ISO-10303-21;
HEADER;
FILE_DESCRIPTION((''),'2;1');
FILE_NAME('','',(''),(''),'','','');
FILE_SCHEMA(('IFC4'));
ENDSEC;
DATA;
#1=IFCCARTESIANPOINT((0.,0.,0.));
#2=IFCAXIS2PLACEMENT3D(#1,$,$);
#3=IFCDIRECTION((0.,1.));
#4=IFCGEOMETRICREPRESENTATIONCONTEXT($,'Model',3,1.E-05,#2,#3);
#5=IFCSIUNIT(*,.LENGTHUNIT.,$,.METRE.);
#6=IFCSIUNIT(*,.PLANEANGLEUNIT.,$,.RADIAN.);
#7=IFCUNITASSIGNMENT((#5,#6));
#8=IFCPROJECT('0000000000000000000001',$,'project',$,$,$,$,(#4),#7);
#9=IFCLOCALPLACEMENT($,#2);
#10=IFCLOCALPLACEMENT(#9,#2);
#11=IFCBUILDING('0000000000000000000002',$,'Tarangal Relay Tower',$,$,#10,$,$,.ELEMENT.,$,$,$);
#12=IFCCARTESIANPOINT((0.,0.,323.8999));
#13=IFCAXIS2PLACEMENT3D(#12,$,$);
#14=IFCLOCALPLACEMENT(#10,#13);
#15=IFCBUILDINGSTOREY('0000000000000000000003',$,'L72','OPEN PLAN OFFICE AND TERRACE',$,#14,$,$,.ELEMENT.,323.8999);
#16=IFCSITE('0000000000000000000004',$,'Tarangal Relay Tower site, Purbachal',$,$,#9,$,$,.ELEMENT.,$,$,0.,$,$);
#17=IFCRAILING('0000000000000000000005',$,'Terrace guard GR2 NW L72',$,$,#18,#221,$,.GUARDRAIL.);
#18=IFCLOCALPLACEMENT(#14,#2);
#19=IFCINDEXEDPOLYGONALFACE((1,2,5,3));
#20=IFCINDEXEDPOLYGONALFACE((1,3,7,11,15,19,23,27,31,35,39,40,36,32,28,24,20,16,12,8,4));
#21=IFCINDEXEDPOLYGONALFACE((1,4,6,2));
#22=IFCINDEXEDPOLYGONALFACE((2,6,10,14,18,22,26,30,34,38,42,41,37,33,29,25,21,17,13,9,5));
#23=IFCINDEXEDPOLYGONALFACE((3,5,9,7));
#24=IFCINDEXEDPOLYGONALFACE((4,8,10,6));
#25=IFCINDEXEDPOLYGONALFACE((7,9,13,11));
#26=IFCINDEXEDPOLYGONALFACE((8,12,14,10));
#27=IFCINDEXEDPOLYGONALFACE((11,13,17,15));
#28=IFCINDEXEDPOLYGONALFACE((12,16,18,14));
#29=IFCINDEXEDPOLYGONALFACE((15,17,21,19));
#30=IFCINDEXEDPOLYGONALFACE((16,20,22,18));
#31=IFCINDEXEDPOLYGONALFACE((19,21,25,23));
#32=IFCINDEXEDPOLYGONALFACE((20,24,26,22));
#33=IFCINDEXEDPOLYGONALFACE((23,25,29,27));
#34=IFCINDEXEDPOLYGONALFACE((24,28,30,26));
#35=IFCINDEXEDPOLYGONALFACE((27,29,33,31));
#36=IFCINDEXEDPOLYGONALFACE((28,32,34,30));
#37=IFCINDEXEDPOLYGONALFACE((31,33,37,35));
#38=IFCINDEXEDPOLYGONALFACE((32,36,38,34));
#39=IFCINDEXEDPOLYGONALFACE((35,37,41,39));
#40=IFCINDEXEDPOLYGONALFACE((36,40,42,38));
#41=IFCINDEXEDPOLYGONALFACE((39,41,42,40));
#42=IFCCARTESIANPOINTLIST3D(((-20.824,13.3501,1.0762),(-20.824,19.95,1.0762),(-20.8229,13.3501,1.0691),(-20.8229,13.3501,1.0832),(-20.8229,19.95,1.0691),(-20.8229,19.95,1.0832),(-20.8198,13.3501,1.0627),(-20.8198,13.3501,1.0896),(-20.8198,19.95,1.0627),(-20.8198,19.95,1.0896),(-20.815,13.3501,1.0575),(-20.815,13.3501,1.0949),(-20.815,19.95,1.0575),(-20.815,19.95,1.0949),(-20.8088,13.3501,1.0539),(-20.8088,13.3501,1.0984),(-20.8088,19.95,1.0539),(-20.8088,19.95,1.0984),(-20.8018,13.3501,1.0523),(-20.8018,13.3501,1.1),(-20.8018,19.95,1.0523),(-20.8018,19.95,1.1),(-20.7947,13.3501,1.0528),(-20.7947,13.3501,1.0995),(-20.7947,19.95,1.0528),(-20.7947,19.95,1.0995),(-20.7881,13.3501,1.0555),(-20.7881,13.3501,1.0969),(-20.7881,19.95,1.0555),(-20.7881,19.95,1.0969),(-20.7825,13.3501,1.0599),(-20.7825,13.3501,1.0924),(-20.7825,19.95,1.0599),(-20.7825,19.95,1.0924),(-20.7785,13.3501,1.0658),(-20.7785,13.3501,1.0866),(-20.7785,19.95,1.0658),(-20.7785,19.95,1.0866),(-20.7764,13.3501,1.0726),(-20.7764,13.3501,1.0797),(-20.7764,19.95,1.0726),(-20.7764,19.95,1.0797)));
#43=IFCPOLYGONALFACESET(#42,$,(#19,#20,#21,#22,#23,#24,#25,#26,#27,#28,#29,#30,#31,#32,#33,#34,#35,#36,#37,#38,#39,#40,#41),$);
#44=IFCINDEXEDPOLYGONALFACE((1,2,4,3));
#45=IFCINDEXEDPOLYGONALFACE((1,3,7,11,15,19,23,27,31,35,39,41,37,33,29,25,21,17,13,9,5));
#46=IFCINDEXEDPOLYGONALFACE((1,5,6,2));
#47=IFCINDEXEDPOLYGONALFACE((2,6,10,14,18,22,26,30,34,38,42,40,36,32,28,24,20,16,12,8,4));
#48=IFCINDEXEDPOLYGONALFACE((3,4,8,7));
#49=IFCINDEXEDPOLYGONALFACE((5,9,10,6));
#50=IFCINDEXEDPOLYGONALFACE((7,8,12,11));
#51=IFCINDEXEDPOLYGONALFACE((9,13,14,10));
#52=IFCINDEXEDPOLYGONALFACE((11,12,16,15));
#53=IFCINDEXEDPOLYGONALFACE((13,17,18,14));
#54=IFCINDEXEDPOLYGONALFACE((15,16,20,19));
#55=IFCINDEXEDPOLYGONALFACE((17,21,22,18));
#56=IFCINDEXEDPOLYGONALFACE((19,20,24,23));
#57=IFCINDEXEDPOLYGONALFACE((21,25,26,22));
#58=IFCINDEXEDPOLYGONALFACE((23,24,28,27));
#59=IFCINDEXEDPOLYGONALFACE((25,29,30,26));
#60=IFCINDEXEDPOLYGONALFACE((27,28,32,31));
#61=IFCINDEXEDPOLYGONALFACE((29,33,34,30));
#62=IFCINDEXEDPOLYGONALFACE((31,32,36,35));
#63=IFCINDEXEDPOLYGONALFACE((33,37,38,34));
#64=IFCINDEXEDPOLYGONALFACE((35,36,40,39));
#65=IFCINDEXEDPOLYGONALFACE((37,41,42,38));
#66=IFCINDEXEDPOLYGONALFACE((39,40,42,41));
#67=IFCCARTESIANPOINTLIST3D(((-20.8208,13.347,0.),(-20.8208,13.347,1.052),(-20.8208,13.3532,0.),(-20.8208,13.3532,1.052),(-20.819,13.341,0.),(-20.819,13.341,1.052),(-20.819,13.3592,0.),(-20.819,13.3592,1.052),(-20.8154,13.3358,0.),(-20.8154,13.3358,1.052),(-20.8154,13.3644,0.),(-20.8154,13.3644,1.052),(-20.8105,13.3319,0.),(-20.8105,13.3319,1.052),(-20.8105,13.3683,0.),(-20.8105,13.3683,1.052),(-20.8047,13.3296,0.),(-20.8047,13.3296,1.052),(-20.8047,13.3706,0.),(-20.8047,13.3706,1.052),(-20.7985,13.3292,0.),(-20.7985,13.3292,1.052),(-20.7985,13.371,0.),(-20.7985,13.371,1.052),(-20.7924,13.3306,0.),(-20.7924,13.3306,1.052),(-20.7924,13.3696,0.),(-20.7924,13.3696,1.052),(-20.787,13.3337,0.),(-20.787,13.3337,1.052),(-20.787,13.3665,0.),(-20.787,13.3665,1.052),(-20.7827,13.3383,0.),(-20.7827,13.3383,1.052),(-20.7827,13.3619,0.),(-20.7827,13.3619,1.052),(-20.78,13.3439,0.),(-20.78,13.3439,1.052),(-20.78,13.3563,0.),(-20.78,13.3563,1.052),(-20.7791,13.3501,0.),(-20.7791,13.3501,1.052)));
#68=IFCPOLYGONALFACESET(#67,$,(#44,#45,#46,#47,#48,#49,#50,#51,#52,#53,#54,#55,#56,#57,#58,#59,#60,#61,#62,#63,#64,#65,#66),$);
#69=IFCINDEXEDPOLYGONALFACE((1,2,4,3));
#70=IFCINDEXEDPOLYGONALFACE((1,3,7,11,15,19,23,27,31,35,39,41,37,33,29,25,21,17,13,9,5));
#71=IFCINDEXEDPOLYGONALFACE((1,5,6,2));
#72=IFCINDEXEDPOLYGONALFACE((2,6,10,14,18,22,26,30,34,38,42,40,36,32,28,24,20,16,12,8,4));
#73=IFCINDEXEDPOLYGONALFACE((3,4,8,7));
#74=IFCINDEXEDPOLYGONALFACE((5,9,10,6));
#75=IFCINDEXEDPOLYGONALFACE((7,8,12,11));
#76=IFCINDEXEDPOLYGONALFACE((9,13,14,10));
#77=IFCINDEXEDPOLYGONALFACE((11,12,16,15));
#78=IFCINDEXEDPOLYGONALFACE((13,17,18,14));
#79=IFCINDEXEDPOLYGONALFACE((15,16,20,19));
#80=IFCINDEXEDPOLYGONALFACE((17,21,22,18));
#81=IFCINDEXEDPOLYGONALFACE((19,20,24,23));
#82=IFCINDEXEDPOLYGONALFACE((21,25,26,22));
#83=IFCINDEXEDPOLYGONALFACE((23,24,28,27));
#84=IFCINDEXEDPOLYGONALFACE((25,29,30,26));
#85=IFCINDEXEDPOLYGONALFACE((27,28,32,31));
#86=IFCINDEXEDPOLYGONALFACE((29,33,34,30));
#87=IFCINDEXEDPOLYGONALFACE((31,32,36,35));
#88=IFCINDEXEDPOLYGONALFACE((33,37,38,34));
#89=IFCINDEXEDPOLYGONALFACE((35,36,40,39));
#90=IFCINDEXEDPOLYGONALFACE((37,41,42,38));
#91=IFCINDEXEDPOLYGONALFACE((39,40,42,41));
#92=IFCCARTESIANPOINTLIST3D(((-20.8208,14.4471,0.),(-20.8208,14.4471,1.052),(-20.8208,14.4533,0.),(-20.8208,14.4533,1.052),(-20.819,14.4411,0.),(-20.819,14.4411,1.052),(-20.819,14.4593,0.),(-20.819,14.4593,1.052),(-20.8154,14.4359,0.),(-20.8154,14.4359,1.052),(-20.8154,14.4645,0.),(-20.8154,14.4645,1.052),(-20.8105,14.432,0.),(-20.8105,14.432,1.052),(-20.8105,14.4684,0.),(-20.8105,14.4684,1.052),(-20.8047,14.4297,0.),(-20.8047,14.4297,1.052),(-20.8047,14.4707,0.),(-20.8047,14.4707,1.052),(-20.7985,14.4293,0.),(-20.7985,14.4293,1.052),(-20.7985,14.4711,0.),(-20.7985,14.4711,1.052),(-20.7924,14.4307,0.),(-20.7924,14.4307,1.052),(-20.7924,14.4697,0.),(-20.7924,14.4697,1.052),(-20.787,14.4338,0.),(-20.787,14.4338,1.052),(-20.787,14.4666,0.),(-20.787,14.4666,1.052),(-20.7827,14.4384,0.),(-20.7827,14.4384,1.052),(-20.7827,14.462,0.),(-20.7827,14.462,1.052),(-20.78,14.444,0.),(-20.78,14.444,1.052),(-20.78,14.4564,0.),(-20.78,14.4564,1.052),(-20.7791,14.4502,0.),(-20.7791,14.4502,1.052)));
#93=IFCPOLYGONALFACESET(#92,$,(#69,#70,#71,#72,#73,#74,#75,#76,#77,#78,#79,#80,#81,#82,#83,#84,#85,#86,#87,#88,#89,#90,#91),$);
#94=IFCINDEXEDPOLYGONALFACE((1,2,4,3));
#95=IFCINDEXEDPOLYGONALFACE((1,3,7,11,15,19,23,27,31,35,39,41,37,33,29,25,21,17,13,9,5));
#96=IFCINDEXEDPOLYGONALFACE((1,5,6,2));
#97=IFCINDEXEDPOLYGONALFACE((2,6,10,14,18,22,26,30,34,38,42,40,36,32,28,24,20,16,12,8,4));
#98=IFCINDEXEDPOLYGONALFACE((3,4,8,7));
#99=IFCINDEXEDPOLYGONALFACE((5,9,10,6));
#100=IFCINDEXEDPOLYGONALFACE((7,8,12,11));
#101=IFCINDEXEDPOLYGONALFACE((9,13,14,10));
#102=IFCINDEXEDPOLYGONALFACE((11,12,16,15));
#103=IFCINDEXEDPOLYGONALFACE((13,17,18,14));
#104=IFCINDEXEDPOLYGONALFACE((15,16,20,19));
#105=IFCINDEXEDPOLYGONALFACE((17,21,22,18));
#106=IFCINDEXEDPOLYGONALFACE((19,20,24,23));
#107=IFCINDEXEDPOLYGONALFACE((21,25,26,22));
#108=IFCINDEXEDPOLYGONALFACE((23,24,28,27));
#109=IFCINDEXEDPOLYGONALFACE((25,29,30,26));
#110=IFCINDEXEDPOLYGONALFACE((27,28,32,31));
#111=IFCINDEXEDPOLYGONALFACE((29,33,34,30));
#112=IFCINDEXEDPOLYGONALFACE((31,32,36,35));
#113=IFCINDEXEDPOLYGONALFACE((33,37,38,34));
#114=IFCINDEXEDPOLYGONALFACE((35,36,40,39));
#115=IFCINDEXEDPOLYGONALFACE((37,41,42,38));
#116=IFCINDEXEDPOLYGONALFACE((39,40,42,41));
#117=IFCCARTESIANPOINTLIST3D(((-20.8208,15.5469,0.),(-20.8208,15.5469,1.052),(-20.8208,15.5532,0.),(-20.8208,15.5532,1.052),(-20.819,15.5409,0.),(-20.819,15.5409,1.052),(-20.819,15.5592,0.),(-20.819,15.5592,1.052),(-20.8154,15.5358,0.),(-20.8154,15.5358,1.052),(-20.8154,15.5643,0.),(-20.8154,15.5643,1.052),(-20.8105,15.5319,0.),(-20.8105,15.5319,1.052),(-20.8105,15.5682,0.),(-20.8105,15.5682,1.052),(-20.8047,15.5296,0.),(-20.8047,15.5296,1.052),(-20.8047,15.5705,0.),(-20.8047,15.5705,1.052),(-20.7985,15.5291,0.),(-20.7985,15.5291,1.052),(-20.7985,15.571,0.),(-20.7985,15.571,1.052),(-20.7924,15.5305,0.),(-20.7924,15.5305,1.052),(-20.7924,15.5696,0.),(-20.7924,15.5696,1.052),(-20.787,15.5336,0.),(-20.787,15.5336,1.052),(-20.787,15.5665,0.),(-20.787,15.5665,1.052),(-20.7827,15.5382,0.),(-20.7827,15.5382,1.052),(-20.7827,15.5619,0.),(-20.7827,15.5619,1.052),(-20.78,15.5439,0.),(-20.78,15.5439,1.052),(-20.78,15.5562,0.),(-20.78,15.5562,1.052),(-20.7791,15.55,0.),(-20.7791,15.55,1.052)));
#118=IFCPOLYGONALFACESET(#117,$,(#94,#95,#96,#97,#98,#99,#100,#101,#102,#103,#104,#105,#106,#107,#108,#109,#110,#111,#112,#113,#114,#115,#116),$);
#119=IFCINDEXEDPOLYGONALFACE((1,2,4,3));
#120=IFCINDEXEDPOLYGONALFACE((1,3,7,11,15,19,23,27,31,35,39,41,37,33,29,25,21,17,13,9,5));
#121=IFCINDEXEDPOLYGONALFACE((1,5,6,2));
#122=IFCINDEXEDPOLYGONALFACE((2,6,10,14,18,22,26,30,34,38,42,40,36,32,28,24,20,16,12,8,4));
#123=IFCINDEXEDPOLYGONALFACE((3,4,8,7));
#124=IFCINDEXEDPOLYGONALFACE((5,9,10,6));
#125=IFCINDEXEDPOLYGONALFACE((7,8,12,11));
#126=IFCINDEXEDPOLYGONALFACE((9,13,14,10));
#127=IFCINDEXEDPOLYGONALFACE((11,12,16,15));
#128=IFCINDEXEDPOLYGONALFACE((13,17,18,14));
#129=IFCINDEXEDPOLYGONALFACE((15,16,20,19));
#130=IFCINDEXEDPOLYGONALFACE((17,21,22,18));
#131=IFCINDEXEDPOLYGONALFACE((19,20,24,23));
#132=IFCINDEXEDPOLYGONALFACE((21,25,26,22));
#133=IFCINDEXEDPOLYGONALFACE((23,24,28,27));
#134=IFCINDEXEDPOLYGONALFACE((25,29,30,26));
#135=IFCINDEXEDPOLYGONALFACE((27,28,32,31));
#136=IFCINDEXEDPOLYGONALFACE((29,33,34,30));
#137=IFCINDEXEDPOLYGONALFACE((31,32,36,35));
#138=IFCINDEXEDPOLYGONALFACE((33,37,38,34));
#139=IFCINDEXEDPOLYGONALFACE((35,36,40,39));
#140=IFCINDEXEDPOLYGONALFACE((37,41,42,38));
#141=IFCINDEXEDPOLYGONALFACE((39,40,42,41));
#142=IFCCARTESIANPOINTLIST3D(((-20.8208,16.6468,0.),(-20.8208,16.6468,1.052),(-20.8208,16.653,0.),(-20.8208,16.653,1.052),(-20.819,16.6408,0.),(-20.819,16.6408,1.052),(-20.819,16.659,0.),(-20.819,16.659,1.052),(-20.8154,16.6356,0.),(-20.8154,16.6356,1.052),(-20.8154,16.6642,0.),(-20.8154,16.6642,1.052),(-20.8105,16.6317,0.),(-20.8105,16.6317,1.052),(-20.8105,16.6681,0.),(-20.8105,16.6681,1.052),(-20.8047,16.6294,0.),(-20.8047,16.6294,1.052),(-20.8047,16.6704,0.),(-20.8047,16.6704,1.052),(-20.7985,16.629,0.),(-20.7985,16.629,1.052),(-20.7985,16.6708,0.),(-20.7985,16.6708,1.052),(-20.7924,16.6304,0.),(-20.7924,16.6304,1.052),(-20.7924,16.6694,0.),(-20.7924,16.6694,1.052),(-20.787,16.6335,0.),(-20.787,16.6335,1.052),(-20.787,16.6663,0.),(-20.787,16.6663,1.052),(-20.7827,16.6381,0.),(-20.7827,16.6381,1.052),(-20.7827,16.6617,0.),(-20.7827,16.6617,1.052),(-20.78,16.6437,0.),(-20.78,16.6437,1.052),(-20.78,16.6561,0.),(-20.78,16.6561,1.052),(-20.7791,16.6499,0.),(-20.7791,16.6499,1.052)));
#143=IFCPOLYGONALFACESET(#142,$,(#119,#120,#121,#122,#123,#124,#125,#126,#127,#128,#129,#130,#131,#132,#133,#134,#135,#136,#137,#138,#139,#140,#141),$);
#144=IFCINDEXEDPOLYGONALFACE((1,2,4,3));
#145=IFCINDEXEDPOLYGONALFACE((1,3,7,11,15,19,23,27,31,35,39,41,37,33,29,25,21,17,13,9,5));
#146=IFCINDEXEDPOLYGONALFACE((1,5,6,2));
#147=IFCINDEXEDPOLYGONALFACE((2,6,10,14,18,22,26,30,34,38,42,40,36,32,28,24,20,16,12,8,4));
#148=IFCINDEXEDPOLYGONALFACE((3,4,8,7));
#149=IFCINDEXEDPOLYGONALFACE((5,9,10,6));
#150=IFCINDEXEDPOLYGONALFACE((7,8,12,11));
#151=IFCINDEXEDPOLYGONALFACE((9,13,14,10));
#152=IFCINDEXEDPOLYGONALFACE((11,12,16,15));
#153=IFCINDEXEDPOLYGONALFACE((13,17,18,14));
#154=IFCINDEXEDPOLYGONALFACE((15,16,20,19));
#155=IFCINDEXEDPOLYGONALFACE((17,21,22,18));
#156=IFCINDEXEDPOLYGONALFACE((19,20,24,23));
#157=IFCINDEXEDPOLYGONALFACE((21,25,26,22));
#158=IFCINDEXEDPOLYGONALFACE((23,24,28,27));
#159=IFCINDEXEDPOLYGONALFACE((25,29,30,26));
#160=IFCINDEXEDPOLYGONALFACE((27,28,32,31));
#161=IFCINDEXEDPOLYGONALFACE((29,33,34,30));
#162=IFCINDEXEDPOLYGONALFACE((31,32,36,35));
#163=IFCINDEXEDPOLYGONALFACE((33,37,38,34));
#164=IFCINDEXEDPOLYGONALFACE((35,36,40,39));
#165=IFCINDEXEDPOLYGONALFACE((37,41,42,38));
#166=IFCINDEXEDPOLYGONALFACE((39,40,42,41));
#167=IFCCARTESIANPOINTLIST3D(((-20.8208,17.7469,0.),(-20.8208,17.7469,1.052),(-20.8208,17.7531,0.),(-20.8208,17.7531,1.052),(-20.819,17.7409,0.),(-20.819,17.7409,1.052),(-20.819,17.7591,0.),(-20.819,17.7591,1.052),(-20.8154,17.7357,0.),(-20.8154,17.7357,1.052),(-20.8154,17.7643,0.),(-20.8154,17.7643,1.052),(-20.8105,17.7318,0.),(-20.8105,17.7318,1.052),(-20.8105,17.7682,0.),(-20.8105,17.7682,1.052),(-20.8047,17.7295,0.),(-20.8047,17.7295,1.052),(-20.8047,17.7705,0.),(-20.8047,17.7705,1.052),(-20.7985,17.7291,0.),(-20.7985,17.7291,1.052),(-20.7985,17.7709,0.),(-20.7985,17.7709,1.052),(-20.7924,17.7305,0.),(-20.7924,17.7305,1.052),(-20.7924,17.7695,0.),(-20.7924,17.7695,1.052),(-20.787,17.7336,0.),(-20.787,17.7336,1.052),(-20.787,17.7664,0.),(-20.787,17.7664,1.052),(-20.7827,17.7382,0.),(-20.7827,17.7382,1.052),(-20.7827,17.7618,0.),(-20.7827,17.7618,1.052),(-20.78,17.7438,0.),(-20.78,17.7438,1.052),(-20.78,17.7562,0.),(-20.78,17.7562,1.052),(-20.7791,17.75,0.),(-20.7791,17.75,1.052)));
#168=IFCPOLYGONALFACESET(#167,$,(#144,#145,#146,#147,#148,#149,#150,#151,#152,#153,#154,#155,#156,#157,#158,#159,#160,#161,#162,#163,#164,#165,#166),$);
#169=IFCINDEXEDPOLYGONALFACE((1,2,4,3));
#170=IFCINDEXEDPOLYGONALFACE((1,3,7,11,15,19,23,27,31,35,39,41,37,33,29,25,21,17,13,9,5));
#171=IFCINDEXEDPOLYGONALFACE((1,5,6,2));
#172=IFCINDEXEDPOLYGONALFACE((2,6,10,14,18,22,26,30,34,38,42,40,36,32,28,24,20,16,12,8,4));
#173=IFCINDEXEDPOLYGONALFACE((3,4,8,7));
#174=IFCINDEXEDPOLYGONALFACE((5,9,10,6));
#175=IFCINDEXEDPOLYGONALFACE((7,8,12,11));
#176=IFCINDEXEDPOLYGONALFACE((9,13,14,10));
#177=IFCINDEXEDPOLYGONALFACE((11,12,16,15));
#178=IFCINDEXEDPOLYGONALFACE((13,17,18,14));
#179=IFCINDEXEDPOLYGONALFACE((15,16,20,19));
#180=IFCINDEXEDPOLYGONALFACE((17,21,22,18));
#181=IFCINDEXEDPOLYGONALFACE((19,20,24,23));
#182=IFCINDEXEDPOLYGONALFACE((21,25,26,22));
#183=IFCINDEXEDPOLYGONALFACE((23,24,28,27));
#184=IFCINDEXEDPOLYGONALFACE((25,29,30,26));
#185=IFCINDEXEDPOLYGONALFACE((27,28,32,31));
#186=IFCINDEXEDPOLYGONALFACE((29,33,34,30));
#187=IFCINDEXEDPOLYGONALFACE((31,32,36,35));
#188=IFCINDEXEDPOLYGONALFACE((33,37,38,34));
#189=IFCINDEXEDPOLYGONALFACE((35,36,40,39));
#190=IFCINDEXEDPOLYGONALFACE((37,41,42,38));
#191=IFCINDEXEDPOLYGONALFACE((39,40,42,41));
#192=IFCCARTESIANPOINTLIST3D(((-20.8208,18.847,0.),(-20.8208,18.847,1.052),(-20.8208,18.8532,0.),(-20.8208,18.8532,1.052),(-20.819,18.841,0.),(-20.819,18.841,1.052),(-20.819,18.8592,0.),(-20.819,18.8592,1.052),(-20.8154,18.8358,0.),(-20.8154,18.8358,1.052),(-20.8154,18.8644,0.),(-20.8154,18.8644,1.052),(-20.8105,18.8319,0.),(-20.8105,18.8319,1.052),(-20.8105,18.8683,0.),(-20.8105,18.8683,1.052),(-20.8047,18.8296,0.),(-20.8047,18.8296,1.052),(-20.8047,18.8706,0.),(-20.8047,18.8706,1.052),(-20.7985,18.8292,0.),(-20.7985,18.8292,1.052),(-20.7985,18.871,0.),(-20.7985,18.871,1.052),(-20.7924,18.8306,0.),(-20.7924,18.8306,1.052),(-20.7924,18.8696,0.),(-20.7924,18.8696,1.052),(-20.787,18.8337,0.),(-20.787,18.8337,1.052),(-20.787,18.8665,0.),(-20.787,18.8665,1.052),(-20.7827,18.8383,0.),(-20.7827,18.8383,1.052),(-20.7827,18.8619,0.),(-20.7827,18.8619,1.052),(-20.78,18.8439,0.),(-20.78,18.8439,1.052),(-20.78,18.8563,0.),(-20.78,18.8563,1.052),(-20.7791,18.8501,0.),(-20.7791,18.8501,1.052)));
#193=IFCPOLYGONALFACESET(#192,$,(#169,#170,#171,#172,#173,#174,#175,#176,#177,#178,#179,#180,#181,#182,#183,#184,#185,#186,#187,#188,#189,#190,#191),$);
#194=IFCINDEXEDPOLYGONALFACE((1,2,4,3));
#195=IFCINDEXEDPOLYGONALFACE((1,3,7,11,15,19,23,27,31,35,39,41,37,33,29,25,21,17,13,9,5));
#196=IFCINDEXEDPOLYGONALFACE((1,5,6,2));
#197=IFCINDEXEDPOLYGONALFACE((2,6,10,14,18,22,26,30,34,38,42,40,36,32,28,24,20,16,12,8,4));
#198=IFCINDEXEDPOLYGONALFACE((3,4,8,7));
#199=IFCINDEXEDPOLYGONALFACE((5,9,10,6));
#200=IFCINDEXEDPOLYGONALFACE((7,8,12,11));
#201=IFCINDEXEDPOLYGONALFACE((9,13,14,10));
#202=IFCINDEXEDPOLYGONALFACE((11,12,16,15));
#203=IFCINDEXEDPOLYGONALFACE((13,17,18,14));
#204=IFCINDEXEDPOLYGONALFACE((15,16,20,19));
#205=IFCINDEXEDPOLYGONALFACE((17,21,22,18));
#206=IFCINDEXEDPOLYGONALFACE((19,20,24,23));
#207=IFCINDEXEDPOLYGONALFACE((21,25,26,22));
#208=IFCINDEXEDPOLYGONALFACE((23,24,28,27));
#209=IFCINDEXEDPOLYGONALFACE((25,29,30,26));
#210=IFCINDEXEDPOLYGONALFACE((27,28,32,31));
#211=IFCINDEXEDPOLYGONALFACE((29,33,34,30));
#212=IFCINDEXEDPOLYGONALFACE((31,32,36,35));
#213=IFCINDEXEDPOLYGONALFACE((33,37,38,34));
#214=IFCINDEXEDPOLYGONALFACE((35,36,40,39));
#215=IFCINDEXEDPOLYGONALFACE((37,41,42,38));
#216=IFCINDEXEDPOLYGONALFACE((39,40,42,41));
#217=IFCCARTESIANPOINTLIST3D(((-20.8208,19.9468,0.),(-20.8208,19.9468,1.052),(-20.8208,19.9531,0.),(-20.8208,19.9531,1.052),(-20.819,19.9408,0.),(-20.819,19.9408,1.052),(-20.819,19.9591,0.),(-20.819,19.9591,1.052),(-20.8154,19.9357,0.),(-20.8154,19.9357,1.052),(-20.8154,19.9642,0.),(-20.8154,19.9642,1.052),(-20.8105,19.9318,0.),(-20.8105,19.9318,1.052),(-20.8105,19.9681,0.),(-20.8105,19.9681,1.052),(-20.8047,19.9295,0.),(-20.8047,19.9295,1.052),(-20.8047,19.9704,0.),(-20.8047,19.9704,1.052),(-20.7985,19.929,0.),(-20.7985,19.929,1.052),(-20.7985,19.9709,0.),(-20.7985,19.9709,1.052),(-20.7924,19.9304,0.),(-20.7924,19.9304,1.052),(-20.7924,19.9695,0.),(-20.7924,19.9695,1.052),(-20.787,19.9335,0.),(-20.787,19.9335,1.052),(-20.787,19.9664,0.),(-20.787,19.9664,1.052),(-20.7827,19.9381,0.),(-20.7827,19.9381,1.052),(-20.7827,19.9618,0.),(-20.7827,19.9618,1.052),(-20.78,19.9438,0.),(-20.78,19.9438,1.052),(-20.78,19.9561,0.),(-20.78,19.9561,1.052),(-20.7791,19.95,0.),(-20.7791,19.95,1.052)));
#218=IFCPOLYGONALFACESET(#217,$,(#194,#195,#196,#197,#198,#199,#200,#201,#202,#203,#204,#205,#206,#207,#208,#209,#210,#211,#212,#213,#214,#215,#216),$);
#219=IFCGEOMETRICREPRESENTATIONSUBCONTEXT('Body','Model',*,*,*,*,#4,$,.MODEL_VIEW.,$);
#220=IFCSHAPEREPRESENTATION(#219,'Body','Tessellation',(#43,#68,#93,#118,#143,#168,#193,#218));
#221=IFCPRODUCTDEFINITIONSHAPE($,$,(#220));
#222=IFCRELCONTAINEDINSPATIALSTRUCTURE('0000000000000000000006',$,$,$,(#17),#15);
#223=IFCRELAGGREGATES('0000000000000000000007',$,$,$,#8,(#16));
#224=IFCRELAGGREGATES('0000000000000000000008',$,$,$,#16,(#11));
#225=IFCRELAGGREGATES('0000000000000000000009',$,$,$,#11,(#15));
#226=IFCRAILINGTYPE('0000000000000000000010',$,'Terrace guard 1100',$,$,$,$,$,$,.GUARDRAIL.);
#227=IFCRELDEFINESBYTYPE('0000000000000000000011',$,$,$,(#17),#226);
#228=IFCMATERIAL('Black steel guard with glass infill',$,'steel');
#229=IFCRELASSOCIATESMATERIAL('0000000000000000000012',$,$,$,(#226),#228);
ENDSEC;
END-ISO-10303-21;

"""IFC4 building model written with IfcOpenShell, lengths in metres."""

from ifc_helpers import new_model, si_unit, direction, frame, origin, origin_2d, place, context, subcontext, project, spatial, circle, extrude, material, type_object, element, save


model = new_model("IFC4")

# Units and contexts
model_context = context("Model", 3, precision=1e-05, world=origin(), true_north=direction((0.0, 1.0)))
body_context = subcontext(model_context, "Body", "Model", "MODEL_VIEW")
ifc_project = project(units=[si_unit("LENGTHUNIT", "METRE"), si_unit("PLANEANGLEUNIT", "RADIAN")], contexts=[model_context])

# Site, building, storey
site_placement = place(None, origin())
site = spatial("IfcSite", under=ifc_project, at=site_placement, Name="Tarangal Relay Tower site, Purbachal", CompositionType="ELEMENT", RefElevation=0.0)
building_placement = place(site_placement, origin())
building = spatial("IfcBuilding", under=site, at=building_placement, Name="Tarangal Relay Tower", CompositionType="ELEMENT")
storey_placement = place(building_placement, frame((0.0, 0.0, 323.8999)))
storey = spatial("IfcBuildingStorey", under=building, at=storey_placement, Name="L72", Description="OPEN PLAN OFFICE AND TERRACE", CompositionType="ELEMENT", Elevation=323.8999)

# Railing
ifc_material_1 = material(Name="Black steel guard with glass infill", Category="steel")
railing_type = type_object("IfcRailingType", Name="Terrace guard 1100", PredefinedType="GUARDRAIL", material=ifc_material_1)
railing_1_placement = place(storey_placement, frame((-20.8, 13.3501, 0.0)))
element("IfcRailing", 1, at=railing_1_placement, inside=storey, type_object=railing_type, Name="Terrace guard GR2 NW L72", PredefinedType="GUARDRAIL", context=body_context, shape_type="SweptSolid", body=[
    extrude(circle(Radius=0.0239, at=origin_2d()), frame((0.0, 0.0, 1.0762), z_axis=(0.0, 1.0, 0.0), x_axis=(-1.0, 0.0, 0.0)), (0.0, 0.0, 1.0), 6.5999),
    extrude(circle(Radius=0.021, at=origin_2d()), origin(), (0.0, 0.0, 1.0), 1.052),
    extrude(circle(Radius=0.021, at=origin_2d()), frame((0.0, 1.1001, 0.0)), (0.0, 0.0, 1.0), 1.052),
    extrude(circle(Radius=0.021, at=origin_2d()), frame((0.0, 2.2, 0.0)), (0.0, 0.0, 1.0), 1.052),
    extrude(circle(Radius=0.021, at=origin_2d()), frame((0.0, 3.2998, 0.0)), (0.0, 0.0, 1.0), 1.052),
    extrude(circle(Radius=0.021, at=origin_2d()), frame((0.0, 4.3999, 0.0)), (0.0, 0.0, 1.0), 1.052),
    extrude(circle(Radius=0.021, at=origin_2d()), frame((0.0, 5.5, 0.0)), (0.0, 0.0, 1.0), 1.052),
    extrude(circle(Radius=0.021, at=origin_2d()), frame((0.0, 6.5999, 0.0)), (0.0, 0.0, 1.0), 1.052),
])

save(model, "model.ifc")
